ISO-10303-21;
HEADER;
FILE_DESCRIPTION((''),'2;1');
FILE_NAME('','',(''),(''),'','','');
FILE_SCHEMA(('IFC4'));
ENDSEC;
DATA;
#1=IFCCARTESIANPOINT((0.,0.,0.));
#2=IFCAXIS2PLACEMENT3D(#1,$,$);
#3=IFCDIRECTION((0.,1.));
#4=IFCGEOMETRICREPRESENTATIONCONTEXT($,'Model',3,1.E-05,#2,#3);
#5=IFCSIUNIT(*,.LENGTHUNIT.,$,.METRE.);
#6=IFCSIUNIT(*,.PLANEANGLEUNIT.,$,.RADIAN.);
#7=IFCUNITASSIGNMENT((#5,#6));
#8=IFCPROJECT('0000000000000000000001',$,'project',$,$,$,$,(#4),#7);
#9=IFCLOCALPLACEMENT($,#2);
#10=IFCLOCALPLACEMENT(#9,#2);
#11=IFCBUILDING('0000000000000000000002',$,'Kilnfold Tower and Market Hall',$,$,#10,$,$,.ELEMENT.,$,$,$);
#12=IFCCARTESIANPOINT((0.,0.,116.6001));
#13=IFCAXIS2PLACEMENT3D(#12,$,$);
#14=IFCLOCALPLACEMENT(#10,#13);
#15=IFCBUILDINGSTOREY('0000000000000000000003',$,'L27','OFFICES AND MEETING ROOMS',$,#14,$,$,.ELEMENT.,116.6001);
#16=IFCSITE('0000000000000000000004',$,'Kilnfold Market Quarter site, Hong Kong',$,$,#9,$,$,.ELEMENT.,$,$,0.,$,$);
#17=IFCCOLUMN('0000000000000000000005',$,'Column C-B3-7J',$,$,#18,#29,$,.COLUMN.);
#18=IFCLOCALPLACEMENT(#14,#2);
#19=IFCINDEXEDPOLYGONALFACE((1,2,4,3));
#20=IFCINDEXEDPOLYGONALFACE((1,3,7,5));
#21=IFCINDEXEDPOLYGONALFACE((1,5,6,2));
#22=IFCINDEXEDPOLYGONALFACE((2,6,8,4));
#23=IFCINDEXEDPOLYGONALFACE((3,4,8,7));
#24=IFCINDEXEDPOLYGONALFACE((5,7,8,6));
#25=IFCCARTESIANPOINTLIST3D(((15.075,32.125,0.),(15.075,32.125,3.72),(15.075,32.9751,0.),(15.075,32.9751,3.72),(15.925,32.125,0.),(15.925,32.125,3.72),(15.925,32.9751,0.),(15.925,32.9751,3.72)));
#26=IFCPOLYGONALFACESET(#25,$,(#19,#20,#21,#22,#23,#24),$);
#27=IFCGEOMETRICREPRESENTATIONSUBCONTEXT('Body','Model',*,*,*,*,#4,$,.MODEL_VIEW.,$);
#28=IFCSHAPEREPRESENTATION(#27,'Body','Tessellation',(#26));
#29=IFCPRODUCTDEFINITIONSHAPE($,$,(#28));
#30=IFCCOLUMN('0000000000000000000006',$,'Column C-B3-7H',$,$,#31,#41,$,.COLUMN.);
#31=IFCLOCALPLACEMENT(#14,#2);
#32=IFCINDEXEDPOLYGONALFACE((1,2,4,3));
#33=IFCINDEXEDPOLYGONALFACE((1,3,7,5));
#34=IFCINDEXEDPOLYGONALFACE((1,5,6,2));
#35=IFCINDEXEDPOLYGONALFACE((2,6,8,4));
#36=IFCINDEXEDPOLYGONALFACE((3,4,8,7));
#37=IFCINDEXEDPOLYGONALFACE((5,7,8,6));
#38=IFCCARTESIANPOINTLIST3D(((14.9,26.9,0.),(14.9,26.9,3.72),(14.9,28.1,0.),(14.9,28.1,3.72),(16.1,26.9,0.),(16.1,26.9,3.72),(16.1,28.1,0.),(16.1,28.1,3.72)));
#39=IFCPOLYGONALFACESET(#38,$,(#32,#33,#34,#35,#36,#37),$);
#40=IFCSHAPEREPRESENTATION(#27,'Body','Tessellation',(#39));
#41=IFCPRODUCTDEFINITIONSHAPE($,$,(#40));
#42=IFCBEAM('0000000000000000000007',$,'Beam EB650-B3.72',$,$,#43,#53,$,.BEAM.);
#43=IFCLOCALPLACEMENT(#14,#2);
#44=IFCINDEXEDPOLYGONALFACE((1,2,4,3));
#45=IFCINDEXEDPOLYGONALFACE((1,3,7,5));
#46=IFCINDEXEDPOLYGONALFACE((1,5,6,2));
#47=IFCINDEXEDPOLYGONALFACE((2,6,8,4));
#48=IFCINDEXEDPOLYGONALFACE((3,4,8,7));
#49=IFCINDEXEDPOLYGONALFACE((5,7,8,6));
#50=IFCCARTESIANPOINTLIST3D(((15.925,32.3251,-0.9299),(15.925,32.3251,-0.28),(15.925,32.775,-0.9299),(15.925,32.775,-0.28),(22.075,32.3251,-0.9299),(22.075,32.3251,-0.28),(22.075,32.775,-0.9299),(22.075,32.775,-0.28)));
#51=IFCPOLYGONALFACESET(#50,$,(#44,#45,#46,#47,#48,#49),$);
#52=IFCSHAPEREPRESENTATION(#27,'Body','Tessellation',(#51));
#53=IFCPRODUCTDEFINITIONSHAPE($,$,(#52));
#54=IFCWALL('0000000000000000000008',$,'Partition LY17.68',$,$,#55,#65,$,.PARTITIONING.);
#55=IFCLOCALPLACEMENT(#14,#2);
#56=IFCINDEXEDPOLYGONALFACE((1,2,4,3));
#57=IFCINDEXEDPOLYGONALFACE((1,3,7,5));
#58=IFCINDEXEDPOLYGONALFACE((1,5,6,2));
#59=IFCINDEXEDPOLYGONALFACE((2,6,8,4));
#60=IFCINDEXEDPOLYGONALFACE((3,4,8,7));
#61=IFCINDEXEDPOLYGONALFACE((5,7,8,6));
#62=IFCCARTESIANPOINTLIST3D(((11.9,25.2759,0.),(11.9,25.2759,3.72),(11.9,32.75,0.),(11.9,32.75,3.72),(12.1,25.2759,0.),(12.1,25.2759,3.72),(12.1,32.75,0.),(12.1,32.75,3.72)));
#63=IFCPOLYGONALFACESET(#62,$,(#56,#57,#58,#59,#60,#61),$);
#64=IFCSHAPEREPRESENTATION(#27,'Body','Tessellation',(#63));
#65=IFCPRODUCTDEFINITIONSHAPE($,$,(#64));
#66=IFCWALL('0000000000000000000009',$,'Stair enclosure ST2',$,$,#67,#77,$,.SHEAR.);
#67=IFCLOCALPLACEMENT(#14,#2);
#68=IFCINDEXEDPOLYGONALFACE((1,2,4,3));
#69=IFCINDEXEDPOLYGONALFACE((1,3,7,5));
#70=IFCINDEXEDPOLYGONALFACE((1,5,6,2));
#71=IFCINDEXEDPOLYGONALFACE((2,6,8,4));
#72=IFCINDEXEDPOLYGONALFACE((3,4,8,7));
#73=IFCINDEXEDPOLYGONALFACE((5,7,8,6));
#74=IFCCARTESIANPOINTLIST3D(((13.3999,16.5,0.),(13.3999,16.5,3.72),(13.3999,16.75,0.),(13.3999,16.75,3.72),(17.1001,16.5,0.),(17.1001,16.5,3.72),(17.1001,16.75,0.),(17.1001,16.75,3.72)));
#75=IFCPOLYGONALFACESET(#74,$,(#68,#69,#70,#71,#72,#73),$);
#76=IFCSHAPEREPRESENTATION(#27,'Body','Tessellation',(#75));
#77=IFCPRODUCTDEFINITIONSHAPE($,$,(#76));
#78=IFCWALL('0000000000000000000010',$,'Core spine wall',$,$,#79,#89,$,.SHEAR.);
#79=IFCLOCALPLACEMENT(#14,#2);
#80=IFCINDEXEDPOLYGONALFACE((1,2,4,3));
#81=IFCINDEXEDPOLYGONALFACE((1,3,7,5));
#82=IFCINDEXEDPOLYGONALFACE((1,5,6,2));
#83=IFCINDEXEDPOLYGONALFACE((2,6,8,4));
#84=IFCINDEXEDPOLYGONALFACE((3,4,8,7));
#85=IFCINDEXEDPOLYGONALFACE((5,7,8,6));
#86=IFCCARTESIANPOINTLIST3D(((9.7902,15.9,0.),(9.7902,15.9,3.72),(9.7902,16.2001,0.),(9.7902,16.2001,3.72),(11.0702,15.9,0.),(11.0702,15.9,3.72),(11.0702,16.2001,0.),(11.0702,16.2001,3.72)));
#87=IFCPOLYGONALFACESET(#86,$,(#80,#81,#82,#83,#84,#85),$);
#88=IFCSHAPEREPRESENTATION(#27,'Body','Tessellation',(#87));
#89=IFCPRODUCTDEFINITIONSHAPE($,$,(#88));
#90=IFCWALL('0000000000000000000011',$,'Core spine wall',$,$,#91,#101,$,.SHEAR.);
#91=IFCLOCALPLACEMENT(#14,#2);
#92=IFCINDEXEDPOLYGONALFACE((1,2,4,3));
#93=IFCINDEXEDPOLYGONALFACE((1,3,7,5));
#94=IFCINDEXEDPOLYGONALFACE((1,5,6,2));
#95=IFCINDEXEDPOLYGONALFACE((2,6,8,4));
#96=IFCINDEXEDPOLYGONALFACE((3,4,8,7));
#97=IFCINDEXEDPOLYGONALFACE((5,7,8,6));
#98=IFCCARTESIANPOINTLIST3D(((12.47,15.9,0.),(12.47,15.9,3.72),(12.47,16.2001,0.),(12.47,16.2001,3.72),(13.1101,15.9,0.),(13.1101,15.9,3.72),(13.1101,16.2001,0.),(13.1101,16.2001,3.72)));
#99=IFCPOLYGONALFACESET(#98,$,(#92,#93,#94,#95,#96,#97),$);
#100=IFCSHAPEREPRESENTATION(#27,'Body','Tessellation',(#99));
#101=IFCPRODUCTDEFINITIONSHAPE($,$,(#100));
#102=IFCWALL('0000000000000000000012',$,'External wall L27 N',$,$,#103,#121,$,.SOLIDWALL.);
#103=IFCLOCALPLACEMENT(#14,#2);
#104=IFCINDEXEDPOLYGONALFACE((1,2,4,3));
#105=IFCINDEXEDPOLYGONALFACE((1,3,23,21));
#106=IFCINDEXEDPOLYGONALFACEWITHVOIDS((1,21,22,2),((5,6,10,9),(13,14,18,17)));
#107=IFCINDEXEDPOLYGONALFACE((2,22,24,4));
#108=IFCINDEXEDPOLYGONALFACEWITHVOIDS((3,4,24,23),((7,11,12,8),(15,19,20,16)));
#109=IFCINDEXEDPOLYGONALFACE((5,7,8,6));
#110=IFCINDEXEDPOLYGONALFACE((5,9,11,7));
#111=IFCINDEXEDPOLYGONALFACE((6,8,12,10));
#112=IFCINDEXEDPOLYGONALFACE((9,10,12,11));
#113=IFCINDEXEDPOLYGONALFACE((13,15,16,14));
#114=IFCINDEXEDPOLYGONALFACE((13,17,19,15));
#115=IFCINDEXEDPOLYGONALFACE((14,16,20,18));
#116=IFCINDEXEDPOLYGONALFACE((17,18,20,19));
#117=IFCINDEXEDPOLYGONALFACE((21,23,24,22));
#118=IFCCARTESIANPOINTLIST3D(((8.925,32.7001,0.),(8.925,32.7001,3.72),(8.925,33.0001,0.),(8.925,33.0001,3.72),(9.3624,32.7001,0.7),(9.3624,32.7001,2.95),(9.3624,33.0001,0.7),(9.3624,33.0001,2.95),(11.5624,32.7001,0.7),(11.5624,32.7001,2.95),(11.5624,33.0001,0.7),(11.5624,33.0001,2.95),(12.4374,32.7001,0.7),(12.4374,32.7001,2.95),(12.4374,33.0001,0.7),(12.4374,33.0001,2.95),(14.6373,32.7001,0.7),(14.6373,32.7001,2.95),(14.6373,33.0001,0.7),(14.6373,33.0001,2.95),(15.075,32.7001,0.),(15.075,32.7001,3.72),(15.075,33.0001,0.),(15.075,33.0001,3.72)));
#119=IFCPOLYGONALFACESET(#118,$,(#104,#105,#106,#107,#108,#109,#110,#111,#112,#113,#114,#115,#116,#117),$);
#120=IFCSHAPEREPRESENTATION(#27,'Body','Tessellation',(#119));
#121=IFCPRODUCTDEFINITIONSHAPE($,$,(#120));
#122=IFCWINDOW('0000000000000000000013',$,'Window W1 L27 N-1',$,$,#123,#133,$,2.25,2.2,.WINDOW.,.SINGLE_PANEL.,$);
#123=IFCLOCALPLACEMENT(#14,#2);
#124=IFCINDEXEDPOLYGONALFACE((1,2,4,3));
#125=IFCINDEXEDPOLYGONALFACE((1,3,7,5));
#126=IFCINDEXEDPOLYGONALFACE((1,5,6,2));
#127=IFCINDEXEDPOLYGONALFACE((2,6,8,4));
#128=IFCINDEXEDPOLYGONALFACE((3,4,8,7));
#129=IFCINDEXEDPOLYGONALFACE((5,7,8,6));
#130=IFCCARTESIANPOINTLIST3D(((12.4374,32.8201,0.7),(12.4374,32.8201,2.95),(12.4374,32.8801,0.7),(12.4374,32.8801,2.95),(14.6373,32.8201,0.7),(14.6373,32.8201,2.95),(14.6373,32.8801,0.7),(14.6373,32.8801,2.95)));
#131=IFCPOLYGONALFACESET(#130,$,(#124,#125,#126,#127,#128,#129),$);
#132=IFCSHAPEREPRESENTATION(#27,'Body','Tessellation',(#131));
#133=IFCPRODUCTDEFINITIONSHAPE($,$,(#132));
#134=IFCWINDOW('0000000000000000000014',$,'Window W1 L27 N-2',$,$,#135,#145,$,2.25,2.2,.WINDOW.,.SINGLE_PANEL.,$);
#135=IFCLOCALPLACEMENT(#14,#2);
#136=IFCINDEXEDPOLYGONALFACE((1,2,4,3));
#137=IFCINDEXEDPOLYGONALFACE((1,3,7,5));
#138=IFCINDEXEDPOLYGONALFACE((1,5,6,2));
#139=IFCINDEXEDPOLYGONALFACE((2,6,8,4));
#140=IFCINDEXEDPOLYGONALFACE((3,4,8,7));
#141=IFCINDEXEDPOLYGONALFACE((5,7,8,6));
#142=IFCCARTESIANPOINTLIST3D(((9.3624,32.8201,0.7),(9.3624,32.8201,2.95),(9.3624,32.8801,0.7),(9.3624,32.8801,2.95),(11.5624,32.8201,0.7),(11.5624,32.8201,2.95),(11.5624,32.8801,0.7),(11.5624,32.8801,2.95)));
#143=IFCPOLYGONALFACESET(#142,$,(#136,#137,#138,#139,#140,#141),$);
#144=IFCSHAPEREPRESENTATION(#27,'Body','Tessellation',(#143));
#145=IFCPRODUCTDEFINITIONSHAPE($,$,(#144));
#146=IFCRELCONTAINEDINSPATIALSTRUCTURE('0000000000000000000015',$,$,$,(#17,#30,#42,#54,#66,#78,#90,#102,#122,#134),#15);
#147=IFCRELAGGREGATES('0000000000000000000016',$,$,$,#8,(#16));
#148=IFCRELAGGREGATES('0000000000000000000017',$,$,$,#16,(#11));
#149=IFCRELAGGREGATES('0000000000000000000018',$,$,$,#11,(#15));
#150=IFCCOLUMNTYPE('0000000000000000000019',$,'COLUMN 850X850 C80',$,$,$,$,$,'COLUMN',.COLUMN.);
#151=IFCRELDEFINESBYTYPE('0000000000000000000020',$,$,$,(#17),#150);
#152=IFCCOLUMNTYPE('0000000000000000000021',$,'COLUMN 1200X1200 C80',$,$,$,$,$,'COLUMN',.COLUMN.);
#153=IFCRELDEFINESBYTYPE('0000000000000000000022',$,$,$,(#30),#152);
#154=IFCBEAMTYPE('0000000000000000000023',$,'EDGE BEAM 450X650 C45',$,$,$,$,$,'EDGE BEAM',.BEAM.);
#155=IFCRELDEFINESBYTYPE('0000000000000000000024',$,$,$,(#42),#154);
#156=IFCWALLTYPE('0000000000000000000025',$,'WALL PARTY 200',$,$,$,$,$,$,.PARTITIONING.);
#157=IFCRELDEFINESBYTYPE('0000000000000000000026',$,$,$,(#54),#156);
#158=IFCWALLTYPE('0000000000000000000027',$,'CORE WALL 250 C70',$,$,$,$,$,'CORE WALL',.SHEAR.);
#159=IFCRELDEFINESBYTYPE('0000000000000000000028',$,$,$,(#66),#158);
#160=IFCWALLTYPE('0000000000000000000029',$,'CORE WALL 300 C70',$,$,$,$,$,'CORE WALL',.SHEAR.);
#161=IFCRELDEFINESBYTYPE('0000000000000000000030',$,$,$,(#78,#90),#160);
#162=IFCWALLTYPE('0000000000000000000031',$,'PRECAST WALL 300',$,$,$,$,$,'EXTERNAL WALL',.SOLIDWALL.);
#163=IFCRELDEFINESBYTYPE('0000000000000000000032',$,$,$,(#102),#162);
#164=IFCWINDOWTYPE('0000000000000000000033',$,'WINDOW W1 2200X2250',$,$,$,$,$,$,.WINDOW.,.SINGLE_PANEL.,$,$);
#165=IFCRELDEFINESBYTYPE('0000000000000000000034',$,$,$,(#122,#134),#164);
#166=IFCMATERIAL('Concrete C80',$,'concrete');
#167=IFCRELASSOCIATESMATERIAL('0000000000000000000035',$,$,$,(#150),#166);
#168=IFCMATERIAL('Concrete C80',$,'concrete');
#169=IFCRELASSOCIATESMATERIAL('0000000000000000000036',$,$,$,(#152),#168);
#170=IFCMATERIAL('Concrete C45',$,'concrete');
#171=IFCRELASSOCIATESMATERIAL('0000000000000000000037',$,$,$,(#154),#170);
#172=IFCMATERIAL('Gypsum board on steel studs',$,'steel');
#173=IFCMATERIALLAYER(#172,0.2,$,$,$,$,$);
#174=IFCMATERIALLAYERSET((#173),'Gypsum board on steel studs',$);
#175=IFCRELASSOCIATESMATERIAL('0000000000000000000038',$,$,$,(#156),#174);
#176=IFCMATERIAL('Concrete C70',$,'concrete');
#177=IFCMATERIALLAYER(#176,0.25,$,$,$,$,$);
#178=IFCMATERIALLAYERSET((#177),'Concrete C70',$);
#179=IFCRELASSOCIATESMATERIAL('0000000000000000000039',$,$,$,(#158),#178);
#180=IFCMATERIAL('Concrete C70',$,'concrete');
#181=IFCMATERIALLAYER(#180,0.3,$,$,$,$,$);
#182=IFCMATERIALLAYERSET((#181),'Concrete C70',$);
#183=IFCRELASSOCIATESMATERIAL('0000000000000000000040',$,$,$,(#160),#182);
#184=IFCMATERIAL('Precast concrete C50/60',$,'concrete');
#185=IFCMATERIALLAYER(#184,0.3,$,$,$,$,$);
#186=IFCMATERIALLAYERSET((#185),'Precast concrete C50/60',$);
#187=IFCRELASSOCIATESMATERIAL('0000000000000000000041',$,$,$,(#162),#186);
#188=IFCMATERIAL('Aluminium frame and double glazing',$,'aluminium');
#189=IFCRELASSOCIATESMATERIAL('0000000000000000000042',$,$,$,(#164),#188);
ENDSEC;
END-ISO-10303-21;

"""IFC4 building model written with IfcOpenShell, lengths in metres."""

from ifc_helpers import new_model, si_unit, direction, frame, frame_2d, origin, origin_2d, place, context, subcontext, project, spatial, rectangle, extrude, source, transform, mapped, material, layer, layer_set, material_profile, profile_set, type_object, element, fill, save


model = new_model("IFC4")

# Units and contexts
model_context = context("Model", 3, precision=1e-05, world=origin(), true_north=direction((0.0, 1.0)))
body_context = subcontext(model_context, "Body", "Model", "MODEL_VIEW")
ifc_project = project(units=[si_unit("LENGTHUNIT", "METRE"), si_unit("PLANEANGLEUNIT", "RADIAN")], contexts=[model_context])

# Site, building, storey
site_placement = place(None, origin())
site = spatial("IfcSite", under=ifc_project, at=site_placement, Name="Kilnfold Market Quarter site, Hong Kong", CompositionType="ELEMENT", RefElevation=0.0)
building_placement = place(site_placement, origin())
building = spatial("IfcBuilding", under=site, at=building_placement, Name="Kilnfold Tower and Market Hall", CompositionType="ELEMENT")
storey_placement = place(building_placement, frame((0.0, 0.0, 116.6001)))
storey = spatial("IfcBuildingStorey", under=building, at=storey_placement, Name="L27", Description="OFFICES AND MEETING ROOMS", CompositionType="ELEMENT", Elevation=116.6001)

# Columns
ifc_material_1 = material(Name="Concrete C80", Category="concrete")
ifc_material_profile_1 = material_profile(ifc_material_1, rectangle(XDim=0.8501, YDim=0.8501, at=origin_2d()), Name="RC 850x850")
ifc_profile_set_1 = profile_set([ifc_material_profile_1], Name="Concrete C80")
column_type_1 = type_object("IfcColumnType", Name="COLUMN 850X850 C80", ElementType="COLUMN", PredefinedType="COLUMN", material=ifc_profile_set_1)
shared_shape_1 = source(origin(), body_context, "Body", "SweptSolid", [
    extrude(rectangle(XDim=0.8501, YDim=0.8501, at=origin_2d()), origin(), (0.0, 0.0, 1.0), 3.72),
])
column_1_placement = place(storey_placement, frame((15.5, 32.55, 0.0), z_axis=(0.0, 0.0, 1.0), x_axis=(1.0, 0.0, 0.0)))
element("IfcColumn", 1, at=column_1_placement, inside=storey, type_object=column_type_1, Name="Column C-B3-7J", PredefinedType="COLUMN", context=body_context, shape_type="MappedRepresentation", body=[
    mapped(shared_shape_1, transform((0.0, 0.0, 0.0))),
])
ifc_material_2 = material(Name="Concrete C80", Category="concrete")
ifc_material_profile_2 = material_profile(ifc_material_2, rectangle(XDim=1.2, YDim=1.2, at=origin_2d()), Name="RC 1200x1200")
ifc_profile_set_2 = profile_set([ifc_material_profile_2], Name="Concrete C80")
column_type_2 = type_object("IfcColumnType", Name="COLUMN 1200X1200 C80", ElementType="COLUMN", PredefinedType="COLUMN", material=ifc_profile_set_2)
shared_shape_2 = source(origin(), body_context, "Body", "SweptSolid", [
    extrude(rectangle(XDim=1.2, YDim=1.2, at=origin_2d()), origin(), (0.0, 0.0, 1.0), 3.72),
])
column_2_placement = place(storey_placement, frame((15.5, 27.5, 0.0), z_axis=(0.0, 0.0, 1.0), x_axis=(1.0, 0.0, 0.0)))
element("IfcColumn", 2, at=column_2_placement, inside=storey, type_object=column_type_2, Name="Column C-B3-7H", PredefinedType="COLUMN", context=body_context, shape_type="MappedRepresentation", body=[
    mapped(shared_shape_2, transform((0.0, 0.0, 0.0))),
])

# Beam
ifc_material_3 = material(Name="Concrete C45", Category="concrete")
ifc_material_profile_3 = material_profile(ifc_material_3, rectangle(XDim=0.45, YDim=0.6499, at=origin_2d()), Name="RC 450x650")
ifc_profile_set_3 = profile_set([ifc_material_profile_3], Name="Concrete C45")
beam_type = type_object("IfcBeamType", Name="EDGE BEAM 450X650 C45", ElementType="EDGE BEAM", PredefinedType="BEAM", material=ifc_profile_set_3)
shared_shape_3 = source(origin(), body_context, "Body", "SweptSolid", [
    extrude(rectangle(XDim=0.45, YDim=0.6499, at=origin_2d()), origin(), (0.0, 0.0, 1.0), 6.1499),
])
beam_placement = place(storey_placement, frame((15.925, 32.55, -0.605), z_axis=(1.0, 0.0, 0.0), x_axis=(0.0, 1.0, 0.0)))
element("IfcBeam", 3, at=beam_placement, inside=storey, type_object=beam_type, Name="Beam EB650-B3.72", PredefinedType="BEAM", context=body_context, shape_type="MappedRepresentation", body=[
    mapped(shared_shape_3, transform((0.0, 0.0, 0.0))),
])

# Walls
ifc_material_4 = material(Name="Gypsum board on steel studs", Category="steel")
ifc_layer_1 = layer(ifc_material_4, 0.2)
ifc_layer_set_1 = layer_set([ifc_layer_1], Name="Gypsum board on steel studs")
wall_type_1 = type_object("IfcWallType", Name="WALL PARTY 200", PredefinedType="PARTITIONING", material=ifc_layer_set_1)
wall_1_placement = place(storey_placement, frame((12.0, 25.2759, 0.0), z_axis=(0.0, 0.0, 1.0), x_axis=(0.0, 1.0, 0.0)))
element("IfcWall", 4, at=wall_1_placement, inside=storey, type_object=wall_type_1, Name="Partition LY17.68", PredefinedType="PARTITIONING", context=body_context, shape_type="SweptSolid", body=[
    extrude(rectangle(XDim=7.4741, YDim=0.2, at=frame_2d((3.7371, 0.0))), origin(), (0.0, 0.0, 1.0), 3.72),
])
ifc_material_5 = material(Name="Concrete C70", Category="concrete")
ifc_layer_2 = layer(ifc_material_5, 0.25)
ifc_layer_set_2 = layer_set([ifc_layer_2], Name="Concrete C70")
wall_type_2 = type_object("IfcWallType", Name="CORE WALL 250 C70", ElementType="CORE WALL", PredefinedType="SHEAR", material=ifc_layer_set_2)
shared_shape_4 = source(origin(), body_context, "Body", "SweptSolid", [
    extrude(rectangle(XDim=3.7002, YDim=0.25, at=frame_2d((1.8501, 0.0))), origin(), (0.0, 0.0, 1.0), 3.72),
])
wall_2_placement = place(storey_placement, frame((13.3999, 16.625, 0.0), z_axis=(0.0, 0.0, 1.0), x_axis=(1.0, 0.0, 0.0)))
element("IfcWall", 5, at=wall_2_placement, inside=storey, type_object=wall_type_2, Name="Stair enclosure ST2", PredefinedType="SHEAR", context=body_context, shape_type="MappedRepresentation", body=[
    mapped(shared_shape_4, transform((0.0, 0.0, 0.0))),
])
ifc_material_6 = material(Name="Concrete C70", Category="concrete")
ifc_layer_3 = layer(ifc_material_6, 0.3)
ifc_layer_set_3 = layer_set([ifc_layer_3], Name="Concrete C70")
wall_type_3 = type_object("IfcWallType", Name="CORE WALL 300 C70", ElementType="CORE WALL", PredefinedType="SHEAR", material=ifc_layer_set_3)
shared_shape_5 = source(origin(), body_context, "Body", "SweptSolid", [
    extrude(rectangle(XDim=1.28, YDim=0.3, at=frame_2d((0.6401, 0.0))), origin(), (0.0, 0.0, 1.0), 3.72),
])
wall_3_placement = place(storey_placement, frame((9.79, 16.05, 0.0), z_axis=(0.0, 0.0, 1.0), x_axis=(1.0, 0.0, 0.0)))
element("IfcWall", 6, at=wall_3_placement, inside=storey, type_object=wall_type_3, Name="Core spine wall", PredefinedType="SHEAR", context=body_context, shape_type="MappedRepresentation", body=[
    mapped(shared_shape_5, transform((0.0, 0.0, 0.0))),
])
shared_shape_6 = source(origin(), body_context, "Body", "SweptSolid", [
    extrude(rectangle(XDim=0.6401, YDim=0.3, at=frame_2d((0.3201, 0.0))), origin(), (0.0, 0.0, 1.0), 3.72),
])
wall_4_placement = place(storey_placement, frame((12.47, 16.05, 0.0), z_axis=(0.0, 0.0, 1.0), x_axis=(1.0, 0.0, 0.0)))
element("IfcWall", 7, at=wall_4_placement, inside=storey, type_object=wall_type_3, Name="Core spine wall", PredefinedType="SHEAR", context=body_context, shape_type="MappedRepresentation", body=[
    mapped(shared_shape_6, transform((0.0, 0.0, 0.0))),
])

# Wall, openings, windows
ifc_material_7 = material(Name="Precast concrete C50/60", Category="concrete")
ifc_layer_4 = layer(ifc_material_7, 0.3)
ifc_layer_set_4 = layer_set([ifc_layer_4], Name="Precast concrete C50/60")
wall_type_4 = type_object("IfcWallType", Name="PRECAST WALL 300", ElementType="EXTERNAL WALL", PredefinedType="SOLIDWALL", material=ifc_layer_set_4)
shared_shape_7 = source(origin(), body_context, "Body", "SweptSolid", [
    extrude(rectangle(XDim=6.1499, YDim=0.3, at=frame_2d((3.075, 0.0))), origin(), (0.0, 0.0, 1.0), 3.72),
])
wall_5_placement = place(storey_placement, frame((15.075, 32.8501, 0.0), z_axis=(0.0, 0.0, 1.0), x_axis=(-1.0, 0.0, 0.0)))
wall_5 = element("IfcWall", 8, at=wall_5_placement, inside=storey, type_object=wall_type_4, Name="External wall L27 N", PredefinedType="SOLIDWALL", context=body_context, shape_type="MappedRepresentation", body=[
    mapped(shared_shape_7, transform((0.0, 0.0, 0.0))),
])
opening_1_placement = place(wall_5_placement, frame((0.4375, 0.0, 0.7)))
opening_1 = element("IfcOpeningElement", 9, at=opening_1_placement, cuts=wall_5, PredefinedType="OPENING", context=body_context, shape_type="SweptSolid", body=[
    extrude(rectangle(XDim=2.2, YDim=2.25, at=frame_2d((1.1001, 1.125))), frame((0.0, 0.1602, 0.0), z_axis=(0.0, -1.0, 0.0), x_axis=(1.0, 0.0, 0.0)), (0.0, 0.0, 1.0), 0.3201),
])
opening_2_placement = place(wall_5_placement, frame((3.5125, 0.0, 0.7)))
opening_2 = element("IfcOpeningElement", 10, at=opening_2_placement, cuts=wall_5, PredefinedType="OPENING", context=body_context, shape_type="SweptSolid", body=[
    extrude(rectangle(XDim=2.2, YDim=2.25, at=frame_2d((1.1001, 1.125))), frame((0.0, 0.1602, 0.0), z_axis=(0.0, -1.0, 0.0), x_axis=(1.0, 0.0, 0.0)), (0.0, 0.0, 1.0), 0.3201),
])
ifc_material_8 = material(Name="Aluminium frame and double glazing", Category="aluminium")
window_type = type_object("IfcWindowType", Name="WINDOW W1 2200X2250", PartitioningType="SINGLE_PANEL", PredefinedType="WINDOW", material=ifc_material_8)
window_1_placement = place(opening_1_placement, origin())
window_1 = element("IfcWindow", 11, at=window_1_placement, inside=storey, type_object=window_type, Name="Window W1 L27 N-1", OverallHeight=2.25, OverallWidth=2.2, PartitioningType="SINGLE_PANEL", PredefinedType="WINDOW", context=body_context, shape_type="SweptSolid", body=[
    extrude(rectangle(XDim=2.2, YDim=2.25, at=frame_2d((1.1001, 1.125))), frame((0.0, 0.03, 0.0), z_axis=(0.0, -1.0, 0.0), x_axis=(1.0, 0.0, 0.0)), (0.0, 0.0, 1.0), 0.0601),
])
fill(opening_1, window_1)
window_2_placement = place(opening_2_placement, origin())
window_2 = element("IfcWindow", 12, at=window_2_placement, inside=storey, type_object=window_type, Name="Window W1 L27 N-2", OverallHeight=2.25, OverallWidth=2.2, PartitioningType="SINGLE_PANEL", PredefinedType="WINDOW", context=body_context, shape_type="SweptSolid", body=[
    extrude(rectangle(XDim=2.2, YDim=2.25, at=frame_2d((1.1001, 1.125))), frame((0.0, 0.03, 0.0), z_axis=(0.0, -1.0, 0.0), x_axis=(1.0, 0.0, 0.0)), (0.0, 0.0, 1.0), 0.0601),
])
fill(opening_2, window_2)

save(model, "model.ifc")
